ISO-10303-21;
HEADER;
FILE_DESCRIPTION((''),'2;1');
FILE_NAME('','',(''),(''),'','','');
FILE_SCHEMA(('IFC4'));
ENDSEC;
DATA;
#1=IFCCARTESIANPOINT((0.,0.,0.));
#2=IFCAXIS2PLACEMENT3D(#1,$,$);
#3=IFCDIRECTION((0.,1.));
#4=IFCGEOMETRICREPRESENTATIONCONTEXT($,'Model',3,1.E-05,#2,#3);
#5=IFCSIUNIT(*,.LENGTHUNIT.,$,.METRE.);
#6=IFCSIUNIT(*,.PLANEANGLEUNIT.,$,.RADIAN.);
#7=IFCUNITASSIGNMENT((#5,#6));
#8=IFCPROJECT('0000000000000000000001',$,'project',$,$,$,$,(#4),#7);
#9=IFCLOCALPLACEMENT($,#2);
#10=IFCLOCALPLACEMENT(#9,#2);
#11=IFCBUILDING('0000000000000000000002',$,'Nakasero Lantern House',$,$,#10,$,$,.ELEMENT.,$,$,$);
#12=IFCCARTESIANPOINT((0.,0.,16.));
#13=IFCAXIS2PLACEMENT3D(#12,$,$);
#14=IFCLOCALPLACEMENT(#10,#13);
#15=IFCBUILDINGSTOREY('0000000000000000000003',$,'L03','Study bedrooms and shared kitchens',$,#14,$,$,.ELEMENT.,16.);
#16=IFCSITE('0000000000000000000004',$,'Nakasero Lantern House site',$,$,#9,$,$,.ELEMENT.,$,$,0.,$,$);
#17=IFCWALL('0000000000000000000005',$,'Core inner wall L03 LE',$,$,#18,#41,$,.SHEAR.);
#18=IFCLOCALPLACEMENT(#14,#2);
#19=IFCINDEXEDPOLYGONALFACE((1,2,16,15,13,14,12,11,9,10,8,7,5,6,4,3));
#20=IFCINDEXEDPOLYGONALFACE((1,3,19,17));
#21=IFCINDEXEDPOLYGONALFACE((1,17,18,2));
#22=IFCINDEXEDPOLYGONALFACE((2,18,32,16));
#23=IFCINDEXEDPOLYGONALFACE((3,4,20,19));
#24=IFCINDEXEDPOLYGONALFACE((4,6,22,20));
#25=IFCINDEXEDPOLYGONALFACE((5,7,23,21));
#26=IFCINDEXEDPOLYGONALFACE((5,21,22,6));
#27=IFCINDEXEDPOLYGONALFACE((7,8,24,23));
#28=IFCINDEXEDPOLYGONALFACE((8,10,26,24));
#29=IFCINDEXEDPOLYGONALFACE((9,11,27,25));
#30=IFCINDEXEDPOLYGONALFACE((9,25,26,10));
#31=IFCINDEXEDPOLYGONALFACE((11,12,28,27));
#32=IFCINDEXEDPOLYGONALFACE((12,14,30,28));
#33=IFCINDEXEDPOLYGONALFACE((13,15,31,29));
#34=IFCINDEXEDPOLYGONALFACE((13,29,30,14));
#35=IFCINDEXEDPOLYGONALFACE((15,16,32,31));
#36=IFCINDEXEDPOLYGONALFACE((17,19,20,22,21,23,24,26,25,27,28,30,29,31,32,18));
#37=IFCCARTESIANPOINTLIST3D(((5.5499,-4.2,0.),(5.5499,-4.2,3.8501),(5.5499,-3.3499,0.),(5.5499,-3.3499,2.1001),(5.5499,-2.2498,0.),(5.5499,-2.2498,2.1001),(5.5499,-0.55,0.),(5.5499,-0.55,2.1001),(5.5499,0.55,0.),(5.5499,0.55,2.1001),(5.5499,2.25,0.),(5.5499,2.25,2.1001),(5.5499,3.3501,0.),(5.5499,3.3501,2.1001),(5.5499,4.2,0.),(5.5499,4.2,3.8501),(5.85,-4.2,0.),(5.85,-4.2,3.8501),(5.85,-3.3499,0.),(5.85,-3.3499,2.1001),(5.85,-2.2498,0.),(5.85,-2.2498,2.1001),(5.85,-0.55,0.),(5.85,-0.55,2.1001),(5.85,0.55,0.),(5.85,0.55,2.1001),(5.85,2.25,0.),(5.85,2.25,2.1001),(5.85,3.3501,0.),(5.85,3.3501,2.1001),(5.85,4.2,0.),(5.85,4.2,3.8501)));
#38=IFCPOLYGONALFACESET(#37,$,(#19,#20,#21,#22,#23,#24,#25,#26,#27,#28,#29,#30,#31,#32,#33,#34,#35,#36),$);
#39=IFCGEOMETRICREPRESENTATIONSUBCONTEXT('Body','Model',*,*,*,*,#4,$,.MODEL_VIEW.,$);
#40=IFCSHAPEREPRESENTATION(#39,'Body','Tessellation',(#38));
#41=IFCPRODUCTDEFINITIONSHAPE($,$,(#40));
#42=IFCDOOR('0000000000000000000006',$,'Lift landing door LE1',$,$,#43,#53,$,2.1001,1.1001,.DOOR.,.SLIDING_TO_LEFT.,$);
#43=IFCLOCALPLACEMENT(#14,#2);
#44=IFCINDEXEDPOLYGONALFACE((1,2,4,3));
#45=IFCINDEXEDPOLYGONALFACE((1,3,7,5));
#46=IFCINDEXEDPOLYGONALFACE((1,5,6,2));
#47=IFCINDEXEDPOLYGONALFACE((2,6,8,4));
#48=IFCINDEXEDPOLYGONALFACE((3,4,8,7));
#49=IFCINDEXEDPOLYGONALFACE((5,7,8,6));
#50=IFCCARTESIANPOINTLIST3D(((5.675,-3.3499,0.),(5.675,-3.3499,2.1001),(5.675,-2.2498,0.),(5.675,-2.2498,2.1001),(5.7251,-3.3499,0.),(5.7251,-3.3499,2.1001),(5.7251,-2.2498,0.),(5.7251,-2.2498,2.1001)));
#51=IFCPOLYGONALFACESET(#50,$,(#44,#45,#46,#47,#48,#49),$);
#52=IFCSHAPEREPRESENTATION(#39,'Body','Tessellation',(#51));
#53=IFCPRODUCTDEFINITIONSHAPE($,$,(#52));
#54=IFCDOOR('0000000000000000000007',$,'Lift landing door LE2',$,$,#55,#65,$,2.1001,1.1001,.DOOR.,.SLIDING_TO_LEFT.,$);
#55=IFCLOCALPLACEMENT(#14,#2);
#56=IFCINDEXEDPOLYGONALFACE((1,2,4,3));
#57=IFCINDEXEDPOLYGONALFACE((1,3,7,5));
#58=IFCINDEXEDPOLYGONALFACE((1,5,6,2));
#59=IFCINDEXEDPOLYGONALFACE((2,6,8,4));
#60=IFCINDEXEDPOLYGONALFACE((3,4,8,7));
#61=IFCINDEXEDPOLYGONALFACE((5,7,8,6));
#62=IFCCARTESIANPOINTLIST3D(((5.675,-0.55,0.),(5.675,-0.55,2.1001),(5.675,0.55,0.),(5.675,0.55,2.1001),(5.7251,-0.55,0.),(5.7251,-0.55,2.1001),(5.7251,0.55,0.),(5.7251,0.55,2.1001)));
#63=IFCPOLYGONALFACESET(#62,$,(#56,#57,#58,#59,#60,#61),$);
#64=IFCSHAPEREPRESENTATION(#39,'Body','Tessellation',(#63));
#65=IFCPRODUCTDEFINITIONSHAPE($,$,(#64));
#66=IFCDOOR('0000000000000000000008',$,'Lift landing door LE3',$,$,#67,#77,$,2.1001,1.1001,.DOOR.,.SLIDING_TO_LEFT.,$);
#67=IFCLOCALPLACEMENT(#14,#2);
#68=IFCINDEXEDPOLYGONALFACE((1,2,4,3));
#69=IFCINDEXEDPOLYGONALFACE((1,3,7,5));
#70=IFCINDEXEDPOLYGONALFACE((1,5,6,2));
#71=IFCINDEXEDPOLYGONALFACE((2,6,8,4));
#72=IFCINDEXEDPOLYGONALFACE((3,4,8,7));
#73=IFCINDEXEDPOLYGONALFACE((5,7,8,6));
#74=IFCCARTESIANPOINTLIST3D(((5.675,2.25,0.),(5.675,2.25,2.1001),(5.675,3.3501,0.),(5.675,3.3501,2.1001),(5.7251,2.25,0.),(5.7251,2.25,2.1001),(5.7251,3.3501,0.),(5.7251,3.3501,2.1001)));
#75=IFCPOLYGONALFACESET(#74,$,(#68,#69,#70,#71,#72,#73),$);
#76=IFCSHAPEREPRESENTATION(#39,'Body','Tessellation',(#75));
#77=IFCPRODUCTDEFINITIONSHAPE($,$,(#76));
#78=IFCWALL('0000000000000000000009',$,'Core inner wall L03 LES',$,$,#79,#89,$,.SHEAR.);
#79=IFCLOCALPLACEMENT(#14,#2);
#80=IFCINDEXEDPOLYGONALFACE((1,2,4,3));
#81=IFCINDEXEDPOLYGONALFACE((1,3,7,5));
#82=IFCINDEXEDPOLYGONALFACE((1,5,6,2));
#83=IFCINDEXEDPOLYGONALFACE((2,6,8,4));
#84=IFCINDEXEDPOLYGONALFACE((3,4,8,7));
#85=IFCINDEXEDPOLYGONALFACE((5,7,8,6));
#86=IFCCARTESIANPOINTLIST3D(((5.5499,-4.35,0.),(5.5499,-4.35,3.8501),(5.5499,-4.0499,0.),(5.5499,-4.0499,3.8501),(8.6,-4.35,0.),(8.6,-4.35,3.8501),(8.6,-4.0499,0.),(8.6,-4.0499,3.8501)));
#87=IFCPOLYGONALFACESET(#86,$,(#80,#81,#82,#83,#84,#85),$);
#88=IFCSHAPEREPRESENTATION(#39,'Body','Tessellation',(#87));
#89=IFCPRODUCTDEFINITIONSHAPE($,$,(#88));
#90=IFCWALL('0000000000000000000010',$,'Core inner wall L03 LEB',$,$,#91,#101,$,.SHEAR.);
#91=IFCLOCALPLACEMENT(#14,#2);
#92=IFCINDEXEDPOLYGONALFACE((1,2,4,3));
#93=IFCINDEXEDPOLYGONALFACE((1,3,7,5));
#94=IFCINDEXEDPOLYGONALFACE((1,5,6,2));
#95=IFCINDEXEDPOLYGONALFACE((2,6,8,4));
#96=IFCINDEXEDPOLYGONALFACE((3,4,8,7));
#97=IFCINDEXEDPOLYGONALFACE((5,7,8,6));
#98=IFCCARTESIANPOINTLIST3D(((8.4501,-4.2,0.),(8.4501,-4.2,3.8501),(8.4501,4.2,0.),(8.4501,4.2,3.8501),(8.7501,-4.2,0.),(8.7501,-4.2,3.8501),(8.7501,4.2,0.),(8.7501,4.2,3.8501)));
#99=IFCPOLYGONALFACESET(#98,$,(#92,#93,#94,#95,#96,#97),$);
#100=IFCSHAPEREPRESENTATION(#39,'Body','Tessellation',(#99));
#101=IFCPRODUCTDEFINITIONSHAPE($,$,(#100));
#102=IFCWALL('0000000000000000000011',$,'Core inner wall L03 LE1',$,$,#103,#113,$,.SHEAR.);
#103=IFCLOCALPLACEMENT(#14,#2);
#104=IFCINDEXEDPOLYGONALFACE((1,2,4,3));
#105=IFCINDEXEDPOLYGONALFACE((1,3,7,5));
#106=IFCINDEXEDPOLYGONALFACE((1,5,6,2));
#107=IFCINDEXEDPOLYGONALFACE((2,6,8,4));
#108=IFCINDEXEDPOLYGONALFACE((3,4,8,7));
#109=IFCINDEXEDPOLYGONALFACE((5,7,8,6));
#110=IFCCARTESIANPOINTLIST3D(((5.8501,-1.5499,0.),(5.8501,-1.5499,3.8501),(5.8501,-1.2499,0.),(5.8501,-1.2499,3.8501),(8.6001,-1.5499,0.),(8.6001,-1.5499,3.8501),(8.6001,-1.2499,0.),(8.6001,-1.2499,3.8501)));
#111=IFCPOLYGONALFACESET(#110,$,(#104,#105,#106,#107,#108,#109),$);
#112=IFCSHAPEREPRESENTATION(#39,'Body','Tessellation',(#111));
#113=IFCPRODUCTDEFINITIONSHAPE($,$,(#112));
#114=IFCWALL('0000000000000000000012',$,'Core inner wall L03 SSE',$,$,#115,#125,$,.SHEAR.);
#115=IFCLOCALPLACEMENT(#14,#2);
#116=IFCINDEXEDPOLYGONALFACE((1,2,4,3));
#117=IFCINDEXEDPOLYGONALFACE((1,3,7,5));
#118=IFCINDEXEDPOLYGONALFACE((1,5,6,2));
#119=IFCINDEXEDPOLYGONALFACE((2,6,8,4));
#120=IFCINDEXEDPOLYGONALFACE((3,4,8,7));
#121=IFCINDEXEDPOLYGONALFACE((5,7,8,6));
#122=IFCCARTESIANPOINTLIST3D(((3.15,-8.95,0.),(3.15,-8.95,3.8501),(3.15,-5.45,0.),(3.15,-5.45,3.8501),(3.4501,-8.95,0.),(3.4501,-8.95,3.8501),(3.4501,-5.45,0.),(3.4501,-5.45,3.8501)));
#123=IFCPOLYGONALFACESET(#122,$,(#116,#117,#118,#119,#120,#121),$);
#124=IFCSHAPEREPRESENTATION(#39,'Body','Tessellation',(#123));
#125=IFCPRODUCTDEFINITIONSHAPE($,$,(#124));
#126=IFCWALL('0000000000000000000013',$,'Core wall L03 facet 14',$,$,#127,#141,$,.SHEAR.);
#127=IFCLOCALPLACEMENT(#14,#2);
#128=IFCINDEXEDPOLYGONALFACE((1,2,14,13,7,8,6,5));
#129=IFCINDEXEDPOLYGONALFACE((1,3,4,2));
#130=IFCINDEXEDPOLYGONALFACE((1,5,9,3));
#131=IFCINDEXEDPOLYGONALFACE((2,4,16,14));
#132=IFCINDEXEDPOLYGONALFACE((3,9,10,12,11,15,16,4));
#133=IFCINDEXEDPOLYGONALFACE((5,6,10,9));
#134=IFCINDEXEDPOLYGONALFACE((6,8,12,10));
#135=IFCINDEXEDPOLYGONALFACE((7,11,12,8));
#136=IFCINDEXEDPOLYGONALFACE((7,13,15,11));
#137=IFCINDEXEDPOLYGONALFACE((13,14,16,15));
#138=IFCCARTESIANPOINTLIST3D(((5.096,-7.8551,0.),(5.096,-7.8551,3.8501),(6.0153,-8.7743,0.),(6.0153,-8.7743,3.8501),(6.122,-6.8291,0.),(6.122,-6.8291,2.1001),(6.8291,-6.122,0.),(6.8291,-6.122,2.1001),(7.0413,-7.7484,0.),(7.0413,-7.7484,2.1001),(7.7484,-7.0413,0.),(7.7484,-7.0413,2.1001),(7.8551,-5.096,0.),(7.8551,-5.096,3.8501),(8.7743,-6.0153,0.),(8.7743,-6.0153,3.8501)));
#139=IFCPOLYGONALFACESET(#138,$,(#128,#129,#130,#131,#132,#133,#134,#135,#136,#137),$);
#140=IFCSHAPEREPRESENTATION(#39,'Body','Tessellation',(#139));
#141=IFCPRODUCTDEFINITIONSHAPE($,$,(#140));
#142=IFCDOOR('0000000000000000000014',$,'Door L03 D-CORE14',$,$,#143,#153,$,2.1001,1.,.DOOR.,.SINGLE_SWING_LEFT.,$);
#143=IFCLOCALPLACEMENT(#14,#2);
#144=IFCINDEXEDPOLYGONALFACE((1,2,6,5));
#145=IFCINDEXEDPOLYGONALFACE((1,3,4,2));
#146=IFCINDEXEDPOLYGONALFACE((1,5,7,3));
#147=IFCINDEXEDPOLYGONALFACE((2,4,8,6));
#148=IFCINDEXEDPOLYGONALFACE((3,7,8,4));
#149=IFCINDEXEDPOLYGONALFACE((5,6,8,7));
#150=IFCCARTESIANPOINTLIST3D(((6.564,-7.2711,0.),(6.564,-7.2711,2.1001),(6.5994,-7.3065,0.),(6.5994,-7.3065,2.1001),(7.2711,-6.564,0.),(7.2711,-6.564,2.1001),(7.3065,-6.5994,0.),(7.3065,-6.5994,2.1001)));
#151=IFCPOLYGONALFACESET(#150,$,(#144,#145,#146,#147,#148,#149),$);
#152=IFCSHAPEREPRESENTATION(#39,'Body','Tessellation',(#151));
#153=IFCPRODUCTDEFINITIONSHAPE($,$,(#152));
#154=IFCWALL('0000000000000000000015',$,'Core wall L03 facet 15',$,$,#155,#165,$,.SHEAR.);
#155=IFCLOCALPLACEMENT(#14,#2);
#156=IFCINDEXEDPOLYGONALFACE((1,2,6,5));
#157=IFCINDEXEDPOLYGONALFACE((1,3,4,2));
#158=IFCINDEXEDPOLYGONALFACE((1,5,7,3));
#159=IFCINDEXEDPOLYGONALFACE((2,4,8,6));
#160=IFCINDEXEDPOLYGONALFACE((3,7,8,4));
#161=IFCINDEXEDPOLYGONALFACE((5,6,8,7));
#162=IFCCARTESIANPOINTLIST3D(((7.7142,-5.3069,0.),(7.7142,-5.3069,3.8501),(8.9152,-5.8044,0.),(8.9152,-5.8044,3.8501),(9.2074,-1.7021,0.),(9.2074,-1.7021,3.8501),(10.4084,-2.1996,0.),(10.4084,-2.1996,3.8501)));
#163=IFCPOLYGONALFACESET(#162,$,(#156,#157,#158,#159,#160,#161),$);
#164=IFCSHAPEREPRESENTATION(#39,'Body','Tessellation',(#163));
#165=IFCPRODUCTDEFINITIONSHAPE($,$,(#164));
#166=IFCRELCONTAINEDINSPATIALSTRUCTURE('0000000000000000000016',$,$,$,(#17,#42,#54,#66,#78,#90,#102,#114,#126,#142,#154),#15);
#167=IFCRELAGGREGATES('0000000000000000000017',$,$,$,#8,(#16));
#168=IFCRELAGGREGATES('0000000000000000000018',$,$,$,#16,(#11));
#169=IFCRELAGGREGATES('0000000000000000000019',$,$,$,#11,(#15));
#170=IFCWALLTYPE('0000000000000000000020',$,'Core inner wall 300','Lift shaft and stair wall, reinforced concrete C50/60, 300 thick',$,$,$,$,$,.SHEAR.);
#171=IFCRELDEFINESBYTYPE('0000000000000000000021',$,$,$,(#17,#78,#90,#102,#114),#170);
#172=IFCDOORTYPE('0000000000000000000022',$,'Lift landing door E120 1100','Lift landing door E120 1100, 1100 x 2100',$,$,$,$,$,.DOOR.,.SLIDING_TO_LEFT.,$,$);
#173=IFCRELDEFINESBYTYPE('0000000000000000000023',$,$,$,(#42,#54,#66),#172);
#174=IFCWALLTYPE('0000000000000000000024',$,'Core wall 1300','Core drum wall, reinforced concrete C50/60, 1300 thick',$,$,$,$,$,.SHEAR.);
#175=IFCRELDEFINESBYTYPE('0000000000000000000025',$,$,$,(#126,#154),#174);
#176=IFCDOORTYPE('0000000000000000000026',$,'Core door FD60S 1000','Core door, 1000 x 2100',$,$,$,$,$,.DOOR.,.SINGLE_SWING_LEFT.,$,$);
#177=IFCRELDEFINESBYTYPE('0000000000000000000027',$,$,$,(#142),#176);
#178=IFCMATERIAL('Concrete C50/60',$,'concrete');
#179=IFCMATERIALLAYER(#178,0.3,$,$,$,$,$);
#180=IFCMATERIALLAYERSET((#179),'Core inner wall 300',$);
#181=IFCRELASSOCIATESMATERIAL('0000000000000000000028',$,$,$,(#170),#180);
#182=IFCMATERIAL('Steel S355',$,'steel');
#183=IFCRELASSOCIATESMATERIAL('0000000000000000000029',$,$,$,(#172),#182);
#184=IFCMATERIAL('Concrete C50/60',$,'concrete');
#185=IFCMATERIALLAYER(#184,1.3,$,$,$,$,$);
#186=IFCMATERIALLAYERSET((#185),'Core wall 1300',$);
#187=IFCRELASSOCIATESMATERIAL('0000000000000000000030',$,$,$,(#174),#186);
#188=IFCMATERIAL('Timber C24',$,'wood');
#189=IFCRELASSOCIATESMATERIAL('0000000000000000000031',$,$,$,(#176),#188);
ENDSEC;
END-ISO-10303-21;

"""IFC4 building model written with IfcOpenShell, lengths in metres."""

from ifc_helpers import new_model, si_unit, direction, frame, frame_2d, origin, place, context, subcontext, project, spatial, rectangle, extrude, material, layer, layer_set, type_object, element, fill, save


model = new_model("IFC4")

# Units and contexts
model_context = context("Model", 3, precision=1e-05, world=origin(), true_north=direction((0.0, 1.0)))
body_context = subcontext(model_context, "Body", "Model", "MODEL_VIEW")
ifc_project = project(units=[si_unit("LENGTHUNIT", "METRE"), si_unit("PLANEANGLEUNIT", "RADIAN")], contexts=[model_context])

# Site, building, storey
site_placement = place(None, origin())
site = spatial("IfcSite", under=ifc_project, at=site_placement, Name="Nakasero Lantern House site", CompositionType="ELEMENT", RefElevation=0.0)
building_placement = place(site_placement, origin())
building = spatial("IfcBuilding", under=site, at=building_placement, Name="Nakasero Lantern House", CompositionType="ELEMENT")
storey_placement = place(building_placement, frame((0.0, 0.0, 16.0)))
storey = spatial("IfcBuildingStorey", under=building, at=storey_placement, Name="L03", Description="Study bedrooms and shared kitchens", CompositionType="ELEMENT", Elevation=16.0)

# Wall, openings, doors
ifc_material_1 = material(Name="Concrete C50/60", Category="concrete")
ifc_layer_1 = layer(ifc_material_1, 0.3)
ifc_layer_set_1 = layer_set([ifc_layer_1], Name="Core inner wall 300")
wall_type_1 = type_object("IfcWallType", Name="Core inner wall 300", Description="Lift shaft and stair wall, reinforced concrete C50/60, 300 thick", PredefinedType="SHEAR", material=ifc_layer_set_1)
wall_1_placement = place(storey_placement, frame((5.7, -4.2, 0.0), z_axis=(0.0, 0.0, 1.0), x_axis=(0.0, 1.0, 0.0)))
wall_1 = element("IfcWall", 1, at=wall_1_placement, inside=storey, type_object=wall_type_1, Name="Core inner wall L03 LE", PredefinedType="SHEAR", context=body_context, shape_type="SweptSolid", body=[
    extrude(rectangle(XDim=8.3999, YDim=0.3, at=frame_2d((4.2, 0.0))), origin(), (0.0, 0.0, 1.0), 3.8501),
])
opening_1_placement = place(wall_1_placement, frame((0.8501, 0.0, 0.0)))
opening_1 = element("IfcOpeningElement", 2, at=opening_1_placement, cuts=wall_1, PredefinedType="OPENING", context=body_context, shape_type="SweptSolid", body=[
    extrude(rectangle(XDim=1.1001, YDim=2.1001, at=frame_2d((0.55, 1.05))), frame((0.0, 0.1699, 0.0), z_axis=(0.0, -1.0, 0.0), x_axis=(1.0, 0.0, 0.0)), (0.0, 0.0, 1.0), 0.3401),
])
opening_2_placement = place(wall_1_placement, frame((3.6499, 0.0, 0.0)))
opening_2 = element("IfcOpeningElement", 3, at=opening_2_placement, cuts=wall_1, PredefinedType="OPENING", context=body_context, shape_type="SweptSolid", body=[
    extrude(rectangle(XDim=1.1001, YDim=2.1001, at=frame_2d((0.55, 1.05))), frame((0.0, 0.1699, 0.0), z_axis=(0.0, -1.0, 0.0), x_axis=(1.0, 0.0, 0.0)), (0.0, 0.0, 1.0), 0.3401),
])
opening_3_placement = place(wall_1_placement, frame((6.45, 0.0, 0.0)))
opening_3 = element("IfcOpeningElement", 4, at=opening_3_placement, cuts=wall_1, PredefinedType="OPENING", context=body_context, shape_type="SweptSolid", body=[
    extrude(rectangle(XDim=1.1001, YDim=2.1001, at=frame_2d((0.55, 1.05))), frame((0.0, 0.1699, 0.0), z_axis=(0.0, -1.0, 0.0), x_axis=(1.0, 0.0, 0.0)), (0.0, 0.0, 1.0), 0.3401),
])
ifc_material_2 = material(Name="Steel S355", Category="steel")
door_type_1 = type_object("IfcDoorType", Name="Lift landing door E120 1100", Description="Lift landing door E120 1100, 1100 x 2100", OperationType="SLIDING_TO_LEFT", PredefinedType="DOOR", material=ifc_material_2)
door_1_placement = place(opening_1_placement, origin())
door_1 = element("IfcDoor", 5, at=door_1_placement, inside=storey, type_object=door_type_1, Name="Lift landing door LE1", OperationType="SLIDING_TO_LEFT", OverallHeight=2.1001, OverallWidth=1.1001, PredefinedType="DOOR", context=body_context, shape_type="SweptSolid", body=[
    extrude(rectangle(XDim=1.1001, YDim=2.1001, at=frame_2d((0.55, 1.05))), frame((0.0, 0.0249, 0.0), z_axis=(0.0, -1.0, 0.0), x_axis=(1.0, 0.0, 0.0)), (0.0, 0.0, 1.0), 0.05),
])
fill(opening_1, door_1)
door_2_placement = place(opening_2_placement, origin())
door_2 = element("IfcDoor", 6, at=door_2_placement, inside=storey, type_object=door_type_1, Name="Lift landing door LE2", OperationType="SLIDING_TO_LEFT", OverallHeight=2.1001, OverallWidth=1.1001, PredefinedType="DOOR", context=body_context, shape_type="SweptSolid", body=[
    extrude(rectangle(XDim=1.1001, YDim=2.1001, at=frame_2d((0.55, 1.05))), frame((0.0, 0.0249, 0.0), z_axis=(0.0, -1.0, 0.0), x_axis=(1.0, 0.0, 0.0)), (0.0, 0.0, 1.0), 0.05),
])
fill(opening_2, door_2)
door_3_placement = place(opening_3_placement, origin())
door_3 = element("IfcDoor", 7, at=door_3_placement, inside=storey, type_object=door_type_1, Name="Lift landing door LE3", OperationType="SLIDING_TO_LEFT", OverallHeight=2.1001, OverallWidth=1.1001, PredefinedType="DOOR", context=body_context, shape_type="SweptSolid", body=[
    extrude(rectangle(XDim=1.1001, YDim=2.1001, at=frame_2d((0.55, 1.05))), frame((0.0, 0.0249, 0.0), z_axis=(0.0, -1.0, 0.0), x_axis=(1.0, 0.0, 0.0)), (0.0, 0.0, 1.0), 0.05),
])
fill(opening_3, door_3)

# Walls
wall_2_placement = place(storey_placement, frame((5.55, -4.2, 0.0), z_axis=(0.0, 0.0, 1.0), x_axis=(1.0, 0.0, 0.0)))
element("IfcWall", 8, at=wall_2_placement, inside=storey, type_object=wall_type_1, Name="Core inner wall L03 LES", PredefinedType="SHEAR", context=body_context, shape_type="SweptSolid", body=[
    extrude(rectangle(XDim=3.05, YDim=0.3, at=frame_2d((1.5249, 0.0))), origin(), (0.0, 0.0, 1.0), 3.8501),
])
wall_3_placement = place(storey_placement, frame((8.6001, -4.2, 0.0), z_axis=(0.0, 0.0, 1.0), x_axis=(0.0, 1.0, 0.0)))
element("IfcWall", 9, at=wall_3_placement, inside=storey, type_object=wall_type_1, Name="Core inner wall L03 LEB", PredefinedType="SHEAR", context=body_context, shape_type="SweptSolid", body=[
    extrude(rectangle(XDim=8.3999, YDim=0.3, at=frame_2d((4.2, 0.0))), origin(), (0.0, 0.0, 1.0), 3.8501),
])
wall_4_placement = place(storey_placement, frame((5.8501, -1.3999, 0.0), z_axis=(0.0, 0.0, 1.0), x_axis=(1.0, 0.0, 0.0)))
element("IfcWall", 10, at=wall_4_placement, inside=storey, type_object=wall_type_1, Name="Core inner wall L03 LE1", PredefinedType="SHEAR", context=body_context, shape_type="SweptSolid", body=[
    extrude(rectangle(XDim=2.75, YDim=0.3, at=frame_2d((1.375, 0.0))), origin(), (0.0, 0.0, 1.0), 3.8501),
])
wall_5_placement = place(storey_placement, frame((3.3, -5.45, 0.0), z_axis=(0.0, 0.0, 1.0), x_axis=(0.0, -1.0, 0.0)))
element("IfcWall", 11, at=wall_5_placement, inside=storey, type_object=wall_type_1, Name="Core inner wall L03 SSE", PredefinedType="SHEAR", context=body_context, shape_type="SweptSolid", body=[
    extrude(rectangle(XDim=3.5, YDim=0.3, at=frame_2d((1.75, 0.0))), origin(), (0.0, 0.0, 1.0), 3.8501),
])

# Wall, opening, door
ifc_material_3 = material(Name="Concrete C50/60", Category="concrete")
ifc_layer_2 = layer(ifc_material_3, 1.3)
ifc_layer_set_2 = layer_set([ifc_layer_2], Name="Core wall 1300")
wall_type_2 = type_object("IfcWallType", Name="Core wall 1300", Description="Core drum wall, reinforced concrete C50/60, 1300 thick", PredefinedType="SHEAR", material=ifc_layer_set_2)
wall_6_placement = place(storey_placement, frame((5.5557, -8.3147, 0.0), z_axis=(0.0, 0.0, 1.0), x_axis=(0.707107, 0.707107, 0.0)))
wall_6 = element("IfcWall", 12, at=wall_6_placement, inside=storey, type_object=wall_type_2, Name="Core wall L03 facet 14", PredefinedType="SHEAR", context=body_context, shape_type="SweptSolid", body=[
    extrude(rectangle(XDim=3.9019, YDim=1.3, at=frame_2d((1.9509, 0.0))), origin(), (0.0, 0.0, 1.0), 3.8501),
])
opening_4_placement = place(wall_6_placement, frame((1.4509, 0.0, 0.0)))
opening_4 = element("IfcOpeningElement", 13, at=opening_4_placement, cuts=wall_6, PredefinedType="OPENING", context=body_context, shape_type="SweptSolid", body=[
    extrude(rectangle(XDim=1.0, YDim=2.1001, at=frame_2d((0.5, 1.05))), frame((0.0, 0.6699, 0.0), z_axis=(0.0, -1.0, 0.0), x_axis=(1.0, 0.0, 0.0)), (0.0, 0.0, 1.0), 1.3401),
])
ifc_material_4 = material(Name="Timber C24", Category="wood")
door_type_2 = type_object("IfcDoorType", Name="Core door FD60S 1000", Description="Core door, 1000 x 2100", OperationType="SINGLE_SWING_LEFT", PredefinedType="DOOR", material=ifc_material_4)
door_4_placement = place(opening_4_placement, origin())
door_4 = element("IfcDoor", 14, at=door_4_placement, inside=storey, type_object=door_type_2, Name="Door L03 D-CORE14", OperationType="SINGLE_SWING_LEFT", OverallHeight=2.1001, OverallWidth=1.0, PredefinedType="DOOR", context=body_context, shape_type="SweptSolid", body=[
    extrude(rectangle(XDim=1.0, YDim=2.1001, at=frame_2d((0.5, 1.05))), frame((0.0, 0.0249, 0.0), z_axis=(0.0, -1.0, 0.0), x_axis=(1.0, 0.0, 0.0)), (0.0, 0.0, 1.0), 0.05),
])
fill(opening_4, door_4)

# Wall
wall_7_placement = place(storey_placement, frame((8.3147, -5.5557, 0.0), z_axis=(0.0, 0.0, 1.0), x_axis=(0.382691, 0.923877, 0.0)))
element("IfcWall", 15, at=wall_7_placement, inside=storey, type_object=wall_type_2, Name="Core wall L03 facet 15", PredefinedType="SHEAR", context=body_context, shape_type="SweptSolid", body=[
    extrude(rectangle(XDim=3.9019, YDim=1.3, at=frame_2d((1.9509, 0.0))), origin(), (0.0, 0.0, 1.0), 3.8501),
])

save(model, "model.ifc")
